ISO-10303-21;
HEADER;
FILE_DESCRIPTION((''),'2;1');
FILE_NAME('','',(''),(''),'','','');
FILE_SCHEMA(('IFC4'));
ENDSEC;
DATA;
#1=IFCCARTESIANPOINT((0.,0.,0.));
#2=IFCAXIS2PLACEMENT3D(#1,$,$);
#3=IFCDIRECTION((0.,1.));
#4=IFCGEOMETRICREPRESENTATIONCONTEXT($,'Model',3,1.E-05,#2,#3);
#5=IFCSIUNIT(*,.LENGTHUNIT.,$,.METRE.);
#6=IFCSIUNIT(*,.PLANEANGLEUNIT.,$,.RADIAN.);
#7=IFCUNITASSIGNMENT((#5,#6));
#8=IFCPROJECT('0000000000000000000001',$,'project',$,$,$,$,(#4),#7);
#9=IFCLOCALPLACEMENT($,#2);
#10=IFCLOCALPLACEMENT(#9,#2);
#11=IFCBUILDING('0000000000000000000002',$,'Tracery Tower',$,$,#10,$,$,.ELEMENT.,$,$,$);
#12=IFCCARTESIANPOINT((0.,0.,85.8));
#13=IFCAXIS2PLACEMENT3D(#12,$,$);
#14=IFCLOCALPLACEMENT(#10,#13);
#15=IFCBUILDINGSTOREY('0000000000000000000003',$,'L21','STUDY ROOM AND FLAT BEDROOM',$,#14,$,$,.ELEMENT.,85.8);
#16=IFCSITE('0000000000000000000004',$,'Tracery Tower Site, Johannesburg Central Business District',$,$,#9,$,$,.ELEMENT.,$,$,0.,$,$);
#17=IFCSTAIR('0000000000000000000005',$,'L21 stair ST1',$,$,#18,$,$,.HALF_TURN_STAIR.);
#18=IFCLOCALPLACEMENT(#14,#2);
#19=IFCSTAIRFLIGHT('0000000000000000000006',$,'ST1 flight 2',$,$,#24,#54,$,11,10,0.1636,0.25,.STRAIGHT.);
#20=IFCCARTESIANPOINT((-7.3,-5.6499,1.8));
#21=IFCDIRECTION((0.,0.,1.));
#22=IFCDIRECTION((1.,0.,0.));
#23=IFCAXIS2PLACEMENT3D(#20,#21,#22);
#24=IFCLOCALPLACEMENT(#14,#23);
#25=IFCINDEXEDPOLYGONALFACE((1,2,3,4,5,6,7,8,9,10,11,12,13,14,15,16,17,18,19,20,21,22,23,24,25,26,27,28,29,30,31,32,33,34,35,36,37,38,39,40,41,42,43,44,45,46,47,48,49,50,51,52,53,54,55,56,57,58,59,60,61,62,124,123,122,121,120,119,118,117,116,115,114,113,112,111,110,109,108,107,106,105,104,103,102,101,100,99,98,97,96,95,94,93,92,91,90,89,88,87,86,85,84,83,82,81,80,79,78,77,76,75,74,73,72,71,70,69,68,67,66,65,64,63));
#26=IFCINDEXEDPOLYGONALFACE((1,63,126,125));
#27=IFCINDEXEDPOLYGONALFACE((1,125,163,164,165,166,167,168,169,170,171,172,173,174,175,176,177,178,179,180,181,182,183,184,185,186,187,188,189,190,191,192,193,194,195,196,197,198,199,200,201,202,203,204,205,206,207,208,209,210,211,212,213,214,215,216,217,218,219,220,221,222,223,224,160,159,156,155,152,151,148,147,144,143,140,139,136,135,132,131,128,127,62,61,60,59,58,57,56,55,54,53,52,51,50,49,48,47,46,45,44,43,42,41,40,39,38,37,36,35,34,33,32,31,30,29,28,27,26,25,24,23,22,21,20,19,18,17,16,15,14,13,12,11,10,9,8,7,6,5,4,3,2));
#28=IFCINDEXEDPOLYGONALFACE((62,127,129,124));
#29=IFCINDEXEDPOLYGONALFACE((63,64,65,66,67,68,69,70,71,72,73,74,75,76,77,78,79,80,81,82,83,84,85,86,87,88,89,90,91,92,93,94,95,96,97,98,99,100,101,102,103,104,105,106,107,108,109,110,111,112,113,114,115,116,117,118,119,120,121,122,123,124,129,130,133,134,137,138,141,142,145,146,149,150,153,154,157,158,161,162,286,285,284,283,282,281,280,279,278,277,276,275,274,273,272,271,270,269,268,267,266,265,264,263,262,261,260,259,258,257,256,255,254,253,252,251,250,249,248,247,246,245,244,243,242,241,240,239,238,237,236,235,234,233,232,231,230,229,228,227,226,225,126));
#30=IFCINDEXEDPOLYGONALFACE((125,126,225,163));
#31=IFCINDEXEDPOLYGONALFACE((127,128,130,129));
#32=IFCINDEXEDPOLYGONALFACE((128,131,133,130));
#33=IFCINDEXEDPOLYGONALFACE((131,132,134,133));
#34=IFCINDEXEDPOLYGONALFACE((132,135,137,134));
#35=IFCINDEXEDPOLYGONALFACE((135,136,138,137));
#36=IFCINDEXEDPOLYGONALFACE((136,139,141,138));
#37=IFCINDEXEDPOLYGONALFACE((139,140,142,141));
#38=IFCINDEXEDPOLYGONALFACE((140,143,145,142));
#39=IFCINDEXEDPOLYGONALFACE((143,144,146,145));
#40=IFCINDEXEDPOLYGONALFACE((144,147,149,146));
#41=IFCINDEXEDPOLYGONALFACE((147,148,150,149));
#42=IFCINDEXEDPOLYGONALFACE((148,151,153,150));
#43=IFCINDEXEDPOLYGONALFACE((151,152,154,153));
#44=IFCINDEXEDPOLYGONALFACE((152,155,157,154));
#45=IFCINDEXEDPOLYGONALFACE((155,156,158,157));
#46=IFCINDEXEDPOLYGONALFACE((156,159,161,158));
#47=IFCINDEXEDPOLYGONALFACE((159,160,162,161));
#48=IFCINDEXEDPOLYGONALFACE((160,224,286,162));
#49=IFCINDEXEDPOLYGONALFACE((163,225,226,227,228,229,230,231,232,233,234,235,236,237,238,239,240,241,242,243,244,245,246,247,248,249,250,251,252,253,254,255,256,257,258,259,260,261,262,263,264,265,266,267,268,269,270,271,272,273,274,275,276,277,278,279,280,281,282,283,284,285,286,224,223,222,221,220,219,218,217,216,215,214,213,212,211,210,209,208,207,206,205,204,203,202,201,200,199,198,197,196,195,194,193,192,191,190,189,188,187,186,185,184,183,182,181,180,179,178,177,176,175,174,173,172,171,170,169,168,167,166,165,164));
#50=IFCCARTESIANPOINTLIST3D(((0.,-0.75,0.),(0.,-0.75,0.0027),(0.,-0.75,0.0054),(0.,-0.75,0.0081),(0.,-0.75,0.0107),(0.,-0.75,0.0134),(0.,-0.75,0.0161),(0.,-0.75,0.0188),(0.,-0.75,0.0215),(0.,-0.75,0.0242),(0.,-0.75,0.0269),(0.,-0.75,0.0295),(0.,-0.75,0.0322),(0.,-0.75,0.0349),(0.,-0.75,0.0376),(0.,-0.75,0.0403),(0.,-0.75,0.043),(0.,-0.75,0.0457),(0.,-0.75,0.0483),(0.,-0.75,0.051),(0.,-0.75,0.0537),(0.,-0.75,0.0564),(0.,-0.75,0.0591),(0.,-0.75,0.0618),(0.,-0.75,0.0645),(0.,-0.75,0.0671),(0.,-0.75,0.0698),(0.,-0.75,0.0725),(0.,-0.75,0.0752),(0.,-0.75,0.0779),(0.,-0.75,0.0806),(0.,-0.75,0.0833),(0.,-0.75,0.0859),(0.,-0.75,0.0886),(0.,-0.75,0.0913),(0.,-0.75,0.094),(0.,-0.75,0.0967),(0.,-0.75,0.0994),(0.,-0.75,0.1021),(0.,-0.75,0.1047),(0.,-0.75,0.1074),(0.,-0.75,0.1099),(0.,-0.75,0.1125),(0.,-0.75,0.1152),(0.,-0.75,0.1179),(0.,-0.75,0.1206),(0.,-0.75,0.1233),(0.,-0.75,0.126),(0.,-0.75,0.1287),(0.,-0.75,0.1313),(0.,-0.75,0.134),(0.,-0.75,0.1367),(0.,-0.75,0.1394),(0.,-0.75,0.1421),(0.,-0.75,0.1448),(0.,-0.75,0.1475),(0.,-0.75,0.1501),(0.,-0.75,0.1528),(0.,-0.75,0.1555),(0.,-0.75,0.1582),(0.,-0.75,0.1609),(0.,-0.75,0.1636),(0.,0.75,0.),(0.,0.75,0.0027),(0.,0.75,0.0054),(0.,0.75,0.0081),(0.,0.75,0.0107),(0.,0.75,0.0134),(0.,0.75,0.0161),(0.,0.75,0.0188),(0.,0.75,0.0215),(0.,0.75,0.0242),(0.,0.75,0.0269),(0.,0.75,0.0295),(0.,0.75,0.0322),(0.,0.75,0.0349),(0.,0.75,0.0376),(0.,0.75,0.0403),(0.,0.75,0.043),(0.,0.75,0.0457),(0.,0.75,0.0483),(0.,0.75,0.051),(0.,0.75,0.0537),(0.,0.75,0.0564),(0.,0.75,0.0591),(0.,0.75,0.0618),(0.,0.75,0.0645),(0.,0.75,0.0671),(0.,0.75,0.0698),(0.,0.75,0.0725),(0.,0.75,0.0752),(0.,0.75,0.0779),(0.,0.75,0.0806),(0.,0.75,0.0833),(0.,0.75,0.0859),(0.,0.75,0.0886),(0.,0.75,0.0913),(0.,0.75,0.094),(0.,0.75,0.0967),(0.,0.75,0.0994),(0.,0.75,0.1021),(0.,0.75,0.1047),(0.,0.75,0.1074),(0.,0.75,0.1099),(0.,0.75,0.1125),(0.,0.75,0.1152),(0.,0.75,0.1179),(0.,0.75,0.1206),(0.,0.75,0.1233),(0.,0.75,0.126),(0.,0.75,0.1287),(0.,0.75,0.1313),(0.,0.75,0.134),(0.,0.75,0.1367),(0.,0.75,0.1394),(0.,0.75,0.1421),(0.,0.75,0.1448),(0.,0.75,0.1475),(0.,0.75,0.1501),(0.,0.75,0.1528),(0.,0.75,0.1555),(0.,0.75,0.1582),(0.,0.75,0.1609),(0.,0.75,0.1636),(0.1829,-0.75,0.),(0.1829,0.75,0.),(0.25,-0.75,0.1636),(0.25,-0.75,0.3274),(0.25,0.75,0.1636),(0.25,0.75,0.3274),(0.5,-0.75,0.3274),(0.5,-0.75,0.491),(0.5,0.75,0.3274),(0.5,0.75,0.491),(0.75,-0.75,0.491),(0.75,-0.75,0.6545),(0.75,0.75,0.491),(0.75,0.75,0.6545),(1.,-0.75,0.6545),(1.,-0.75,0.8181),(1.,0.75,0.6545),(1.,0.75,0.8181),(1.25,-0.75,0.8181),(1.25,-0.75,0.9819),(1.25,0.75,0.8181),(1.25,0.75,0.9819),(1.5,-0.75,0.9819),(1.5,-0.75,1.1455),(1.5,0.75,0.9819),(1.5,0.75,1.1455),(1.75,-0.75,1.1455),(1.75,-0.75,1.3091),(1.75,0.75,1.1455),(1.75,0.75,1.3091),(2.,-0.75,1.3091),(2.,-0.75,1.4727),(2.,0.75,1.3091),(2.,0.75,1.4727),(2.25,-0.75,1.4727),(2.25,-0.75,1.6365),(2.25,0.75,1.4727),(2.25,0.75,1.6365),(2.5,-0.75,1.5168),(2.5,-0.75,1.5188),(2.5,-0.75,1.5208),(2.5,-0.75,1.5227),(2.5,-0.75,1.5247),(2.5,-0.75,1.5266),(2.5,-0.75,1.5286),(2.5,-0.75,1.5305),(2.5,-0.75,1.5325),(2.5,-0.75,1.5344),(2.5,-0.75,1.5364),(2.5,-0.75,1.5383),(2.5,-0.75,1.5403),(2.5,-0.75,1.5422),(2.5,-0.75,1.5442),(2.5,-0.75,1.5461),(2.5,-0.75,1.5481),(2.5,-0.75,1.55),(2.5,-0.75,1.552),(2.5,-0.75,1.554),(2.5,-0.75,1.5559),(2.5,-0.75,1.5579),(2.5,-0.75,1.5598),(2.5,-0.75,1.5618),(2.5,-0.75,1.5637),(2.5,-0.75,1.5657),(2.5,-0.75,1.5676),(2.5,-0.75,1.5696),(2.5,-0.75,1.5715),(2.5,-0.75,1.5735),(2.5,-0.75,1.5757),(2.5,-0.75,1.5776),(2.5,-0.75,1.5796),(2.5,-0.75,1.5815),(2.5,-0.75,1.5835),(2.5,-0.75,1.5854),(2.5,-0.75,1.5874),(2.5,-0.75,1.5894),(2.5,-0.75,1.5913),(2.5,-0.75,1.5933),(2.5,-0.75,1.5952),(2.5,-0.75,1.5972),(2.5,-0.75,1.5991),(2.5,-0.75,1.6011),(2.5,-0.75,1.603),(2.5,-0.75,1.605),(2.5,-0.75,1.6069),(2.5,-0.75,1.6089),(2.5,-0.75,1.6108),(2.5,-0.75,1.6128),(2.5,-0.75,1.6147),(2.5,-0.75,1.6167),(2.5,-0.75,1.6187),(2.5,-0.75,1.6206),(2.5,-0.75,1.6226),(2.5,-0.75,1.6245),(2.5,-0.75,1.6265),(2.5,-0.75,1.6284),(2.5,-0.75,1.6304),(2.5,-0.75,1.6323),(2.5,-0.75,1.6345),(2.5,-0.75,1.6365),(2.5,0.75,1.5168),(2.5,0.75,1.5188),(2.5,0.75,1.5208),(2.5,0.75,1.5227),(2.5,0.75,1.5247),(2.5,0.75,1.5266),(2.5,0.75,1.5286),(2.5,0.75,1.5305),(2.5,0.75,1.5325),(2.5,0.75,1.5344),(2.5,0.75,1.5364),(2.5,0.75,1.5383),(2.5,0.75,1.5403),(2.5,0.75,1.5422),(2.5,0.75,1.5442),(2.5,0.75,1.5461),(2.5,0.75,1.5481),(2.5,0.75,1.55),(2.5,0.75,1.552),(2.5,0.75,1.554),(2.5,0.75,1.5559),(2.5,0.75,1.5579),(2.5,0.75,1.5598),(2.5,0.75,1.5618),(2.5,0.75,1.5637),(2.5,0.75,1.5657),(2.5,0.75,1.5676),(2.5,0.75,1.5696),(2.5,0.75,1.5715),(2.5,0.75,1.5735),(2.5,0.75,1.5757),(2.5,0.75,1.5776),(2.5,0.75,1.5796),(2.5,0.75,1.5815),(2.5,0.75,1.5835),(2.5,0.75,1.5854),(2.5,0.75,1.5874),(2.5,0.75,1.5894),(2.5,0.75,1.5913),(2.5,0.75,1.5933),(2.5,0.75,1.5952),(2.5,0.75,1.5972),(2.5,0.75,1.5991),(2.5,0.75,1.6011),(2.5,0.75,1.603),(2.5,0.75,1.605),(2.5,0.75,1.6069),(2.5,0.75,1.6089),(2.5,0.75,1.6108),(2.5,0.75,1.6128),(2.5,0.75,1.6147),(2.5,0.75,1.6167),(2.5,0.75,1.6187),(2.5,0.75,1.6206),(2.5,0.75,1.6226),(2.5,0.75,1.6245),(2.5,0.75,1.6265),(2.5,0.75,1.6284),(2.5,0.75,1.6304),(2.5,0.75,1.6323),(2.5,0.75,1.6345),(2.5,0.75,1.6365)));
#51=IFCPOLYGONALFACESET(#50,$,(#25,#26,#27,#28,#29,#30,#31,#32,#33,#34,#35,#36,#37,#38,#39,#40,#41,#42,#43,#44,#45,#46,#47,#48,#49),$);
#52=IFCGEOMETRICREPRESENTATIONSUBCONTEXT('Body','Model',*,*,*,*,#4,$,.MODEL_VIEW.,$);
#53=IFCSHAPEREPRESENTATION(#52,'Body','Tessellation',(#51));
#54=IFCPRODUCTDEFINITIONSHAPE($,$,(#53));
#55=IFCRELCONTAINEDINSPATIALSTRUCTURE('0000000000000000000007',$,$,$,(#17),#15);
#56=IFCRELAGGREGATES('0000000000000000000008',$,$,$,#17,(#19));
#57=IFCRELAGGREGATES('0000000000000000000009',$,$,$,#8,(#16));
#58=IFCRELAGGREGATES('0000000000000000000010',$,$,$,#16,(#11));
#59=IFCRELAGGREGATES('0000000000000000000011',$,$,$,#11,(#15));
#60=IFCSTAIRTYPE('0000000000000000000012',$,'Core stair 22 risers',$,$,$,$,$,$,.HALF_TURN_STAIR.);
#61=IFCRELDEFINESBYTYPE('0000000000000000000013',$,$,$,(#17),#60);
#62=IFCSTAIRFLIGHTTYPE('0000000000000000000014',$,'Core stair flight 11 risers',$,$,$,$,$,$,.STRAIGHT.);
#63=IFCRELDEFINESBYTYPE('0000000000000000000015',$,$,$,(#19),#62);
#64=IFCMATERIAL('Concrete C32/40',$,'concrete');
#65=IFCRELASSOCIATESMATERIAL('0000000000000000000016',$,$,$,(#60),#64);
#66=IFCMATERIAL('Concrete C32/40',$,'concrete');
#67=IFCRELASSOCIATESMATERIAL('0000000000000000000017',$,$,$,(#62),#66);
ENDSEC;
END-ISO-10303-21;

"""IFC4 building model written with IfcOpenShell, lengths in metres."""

from ifc_helpers import new_model, si_unit, direction, frame, origin, place, context, subcontext, project, spatial, polyline, outline, extrude, material, type_object, element, aggregate, save


model = new_model("IFC4")

# Units and contexts
model_context = context("Model", 3, precision=1e-05, world=origin(), true_north=direction((0.0, 1.0)))
body_context = subcontext(model_context, "Body", "Model", "MODEL_VIEW")
ifc_project = project(units=[si_unit("LENGTHUNIT", "METRE"), si_unit("PLANEANGLEUNIT", "RADIAN")], contexts=[model_context])

# Site, building, storey
site_placement = place(None, origin())
site = spatial("IfcSite", under=ifc_project, at=site_placement, Name="Tracery Tower Site, Johannesburg Central Business District", CompositionType="ELEMENT", RefElevation=0.0)
building_placement = place(site_placement, origin())
building = spatial("IfcBuilding", under=site, at=building_placement, Name="Tracery Tower", CompositionType="ELEMENT")
storey_placement = place(building_placement, frame((0.0, 0.0, 85.8)))
storey = spatial("IfcBuildingStorey", under=building, at=storey_placement, Name="L21", Description="STUDY ROOM AND FLAT BEDROOM", CompositionType="ELEMENT", Elevation=85.8)

# Stair, stair flight
ifc_material_1 = material(Name="Concrete C32/40", Category="concrete")
stair_type = type_object("IfcStairType", Name="Core stair 22 risers", PredefinedType="HALF_TURN_STAIR", material=ifc_material_1)
stair_placement = place(storey_placement, origin())
stair = element("IfcStair", 1, at=stair_placement, inside=storey, type_object=stair_type, Name="L21 stair ST1", PredefinedType="HALF_TURN_STAIR")
ifc_material_2 = material(Name="Concrete C32/40", Category="concrete")
stair_flight_type = type_object("IfcStairFlightType", Name="Core stair flight 11 risers", PredefinedType="STRAIGHT", material=ifc_material_2)
stair_flight_1_placement = place(storey_placement, frame((-7.3, -5.6499, 1.8), z_axis=(0.0, 0.0, 1.0), x_axis=(1.0, 0.0, 0.0)))
stair_flight_1 = element("IfcStairFlight", 2, at=stair_flight_1_placement, type_object=stair_flight_type, Name="ST1 flight 2", NumberOfRisers=11, NumberOfTreads=10, PredefinedType="STRAIGHT", RiserHeight=0.1636, TreadLength=0.25, context=body_context, shape_type="SweptSolid", body=[
    extrude(outline(polyline([(0.0, 0.0), (0.0, 0.0027), (0.0, 0.0054), (0.0, 0.0081), (0.0, 0.0107), (0.0, 0.0134), (0.0, 0.0161), (0.0, 0.0188), (0.0, 0.0215), (0.0, 0.0242), (0.0, 0.0269), (0.0, 0.0295), (0.0, 0.0322), (0.0, 0.0349), (0.0, 0.0376), (0.0, 0.0403), (0.0, 0.043), (0.0, 0.0457), (0.0, 0.0483), (0.0, 0.051), (0.0, 0.0537), (0.0, 0.0564), (0.0, 0.0591), (0.0, 0.0618), (0.0, 0.0645), (0.0, 0.0671), (0.0, 0.0698), (0.0, 0.0725), (0.0, 0.0752), (0.0, 0.0779), (0.0, 0.0806), (0.0, 0.0833), (0.0, 0.0859), (0.0, 0.0886), (0.0, 0.0913), (0.0, 0.094), (0.0, 0.0967), (0.0, 0.0994), (0.0, 0.1021), (0.0, 0.1047), (0.0, 0.1074), (0.0, 0.1099), (0.0, 0.1125), (0.0, 0.1152), (0.0, 0.1179), (0.0, 0.1206), (0.0, 0.1233), (0.0, 0.126), (0.0, 0.1287), (0.0, 0.1313), (0.0, 0.134), (0.0, 0.1367), (0.0, 0.1394), (0.0, 0.1421), (0.0, 0.1448), (0.0, 0.1475), (0.0, 0.1501), (0.0, 0.1528), (0.0, 0.1555), (0.0, 0.1582), (0.0, 0.1609), (0.0, 0.1636), (0.25, 0.1636), (0.25, 0.3274), (0.5, 0.3274), (0.5, 0.491), (0.75, 0.491), (0.75, 0.6545), (1.0, 0.6545), (1.0, 0.8181), (1.25, 0.8181), (1.25, 0.9819), (1.5, 0.9819), (1.5, 1.1455), (1.75, 1.1455), (1.75, 1.3091), (2.0, 1.3091), (2.0, 1.4727), (2.25, 1.4727), (2.25, 1.6365), (2.5, 1.6365), (2.5, 1.6345), (2.5, 1.6323), (2.5, 1.6304), (2.5, 1.6284), (2.5, 1.6265), (2.5, 1.6245), (2.5, 1.6226), (2.5, 1.6206), (2.5, 1.6187), (2.5, 1.6167), (2.5, 1.6147), (2.5, 1.6128), (2.5, 1.6108), (2.5, 1.6089), (2.5, 1.6069), (2.5, 1.605), (2.5, 1.603), (2.5, 1.6011), (2.5, 1.5991), (2.5, 1.5972), (2.5, 1.5952), (2.5, 1.5933), (2.5, 1.5913), (2.5, 1.5894), (2.5, 1.5874), (2.5, 1.5854), (2.5, 1.5835), (2.5, 1.5815), (2.5, 1.5796), (2.5, 1.5776), (2.5, 1.5757), (2.5, 1.5735), (2.5, 1.5715), (2.5, 1.5696), (2.5, 1.5676), (2.5, 1.5657), (2.5, 1.5637), (2.5, 1.5618), (2.5, 1.5598), (2.5, 1.5579), (2.5, 1.5559), (2.5, 1.554), (2.5, 1.552), (2.5, 1.55), (2.5, 1.5481), (2.5, 1.5461), (2.5, 1.5442), (2.5, 1.5422), (2.5, 1.5403), (2.5, 1.5383), (2.5, 1.5364), (2.5, 1.5344), (2.5, 1.5325), (2.5, 1.5305), (2.5, 1.5286), (2.5, 1.5266), (2.5, 1.5247), (2.5, 1.5227), (2.5, 1.5208), (2.5, 1.5188), (2.5, 1.5168), (0.1829, 0.0), (0.0, 0.0)])), frame((0.0, 0.75, 0.0), z_axis=(0.0, -1.0, 0.0), x_axis=(1.0, 0.0, 0.0)), (0.0, 0.0, 1.0), 1.5),
])
aggregate(stair, [stair_flight_1])

save(model, "model.ifc")
